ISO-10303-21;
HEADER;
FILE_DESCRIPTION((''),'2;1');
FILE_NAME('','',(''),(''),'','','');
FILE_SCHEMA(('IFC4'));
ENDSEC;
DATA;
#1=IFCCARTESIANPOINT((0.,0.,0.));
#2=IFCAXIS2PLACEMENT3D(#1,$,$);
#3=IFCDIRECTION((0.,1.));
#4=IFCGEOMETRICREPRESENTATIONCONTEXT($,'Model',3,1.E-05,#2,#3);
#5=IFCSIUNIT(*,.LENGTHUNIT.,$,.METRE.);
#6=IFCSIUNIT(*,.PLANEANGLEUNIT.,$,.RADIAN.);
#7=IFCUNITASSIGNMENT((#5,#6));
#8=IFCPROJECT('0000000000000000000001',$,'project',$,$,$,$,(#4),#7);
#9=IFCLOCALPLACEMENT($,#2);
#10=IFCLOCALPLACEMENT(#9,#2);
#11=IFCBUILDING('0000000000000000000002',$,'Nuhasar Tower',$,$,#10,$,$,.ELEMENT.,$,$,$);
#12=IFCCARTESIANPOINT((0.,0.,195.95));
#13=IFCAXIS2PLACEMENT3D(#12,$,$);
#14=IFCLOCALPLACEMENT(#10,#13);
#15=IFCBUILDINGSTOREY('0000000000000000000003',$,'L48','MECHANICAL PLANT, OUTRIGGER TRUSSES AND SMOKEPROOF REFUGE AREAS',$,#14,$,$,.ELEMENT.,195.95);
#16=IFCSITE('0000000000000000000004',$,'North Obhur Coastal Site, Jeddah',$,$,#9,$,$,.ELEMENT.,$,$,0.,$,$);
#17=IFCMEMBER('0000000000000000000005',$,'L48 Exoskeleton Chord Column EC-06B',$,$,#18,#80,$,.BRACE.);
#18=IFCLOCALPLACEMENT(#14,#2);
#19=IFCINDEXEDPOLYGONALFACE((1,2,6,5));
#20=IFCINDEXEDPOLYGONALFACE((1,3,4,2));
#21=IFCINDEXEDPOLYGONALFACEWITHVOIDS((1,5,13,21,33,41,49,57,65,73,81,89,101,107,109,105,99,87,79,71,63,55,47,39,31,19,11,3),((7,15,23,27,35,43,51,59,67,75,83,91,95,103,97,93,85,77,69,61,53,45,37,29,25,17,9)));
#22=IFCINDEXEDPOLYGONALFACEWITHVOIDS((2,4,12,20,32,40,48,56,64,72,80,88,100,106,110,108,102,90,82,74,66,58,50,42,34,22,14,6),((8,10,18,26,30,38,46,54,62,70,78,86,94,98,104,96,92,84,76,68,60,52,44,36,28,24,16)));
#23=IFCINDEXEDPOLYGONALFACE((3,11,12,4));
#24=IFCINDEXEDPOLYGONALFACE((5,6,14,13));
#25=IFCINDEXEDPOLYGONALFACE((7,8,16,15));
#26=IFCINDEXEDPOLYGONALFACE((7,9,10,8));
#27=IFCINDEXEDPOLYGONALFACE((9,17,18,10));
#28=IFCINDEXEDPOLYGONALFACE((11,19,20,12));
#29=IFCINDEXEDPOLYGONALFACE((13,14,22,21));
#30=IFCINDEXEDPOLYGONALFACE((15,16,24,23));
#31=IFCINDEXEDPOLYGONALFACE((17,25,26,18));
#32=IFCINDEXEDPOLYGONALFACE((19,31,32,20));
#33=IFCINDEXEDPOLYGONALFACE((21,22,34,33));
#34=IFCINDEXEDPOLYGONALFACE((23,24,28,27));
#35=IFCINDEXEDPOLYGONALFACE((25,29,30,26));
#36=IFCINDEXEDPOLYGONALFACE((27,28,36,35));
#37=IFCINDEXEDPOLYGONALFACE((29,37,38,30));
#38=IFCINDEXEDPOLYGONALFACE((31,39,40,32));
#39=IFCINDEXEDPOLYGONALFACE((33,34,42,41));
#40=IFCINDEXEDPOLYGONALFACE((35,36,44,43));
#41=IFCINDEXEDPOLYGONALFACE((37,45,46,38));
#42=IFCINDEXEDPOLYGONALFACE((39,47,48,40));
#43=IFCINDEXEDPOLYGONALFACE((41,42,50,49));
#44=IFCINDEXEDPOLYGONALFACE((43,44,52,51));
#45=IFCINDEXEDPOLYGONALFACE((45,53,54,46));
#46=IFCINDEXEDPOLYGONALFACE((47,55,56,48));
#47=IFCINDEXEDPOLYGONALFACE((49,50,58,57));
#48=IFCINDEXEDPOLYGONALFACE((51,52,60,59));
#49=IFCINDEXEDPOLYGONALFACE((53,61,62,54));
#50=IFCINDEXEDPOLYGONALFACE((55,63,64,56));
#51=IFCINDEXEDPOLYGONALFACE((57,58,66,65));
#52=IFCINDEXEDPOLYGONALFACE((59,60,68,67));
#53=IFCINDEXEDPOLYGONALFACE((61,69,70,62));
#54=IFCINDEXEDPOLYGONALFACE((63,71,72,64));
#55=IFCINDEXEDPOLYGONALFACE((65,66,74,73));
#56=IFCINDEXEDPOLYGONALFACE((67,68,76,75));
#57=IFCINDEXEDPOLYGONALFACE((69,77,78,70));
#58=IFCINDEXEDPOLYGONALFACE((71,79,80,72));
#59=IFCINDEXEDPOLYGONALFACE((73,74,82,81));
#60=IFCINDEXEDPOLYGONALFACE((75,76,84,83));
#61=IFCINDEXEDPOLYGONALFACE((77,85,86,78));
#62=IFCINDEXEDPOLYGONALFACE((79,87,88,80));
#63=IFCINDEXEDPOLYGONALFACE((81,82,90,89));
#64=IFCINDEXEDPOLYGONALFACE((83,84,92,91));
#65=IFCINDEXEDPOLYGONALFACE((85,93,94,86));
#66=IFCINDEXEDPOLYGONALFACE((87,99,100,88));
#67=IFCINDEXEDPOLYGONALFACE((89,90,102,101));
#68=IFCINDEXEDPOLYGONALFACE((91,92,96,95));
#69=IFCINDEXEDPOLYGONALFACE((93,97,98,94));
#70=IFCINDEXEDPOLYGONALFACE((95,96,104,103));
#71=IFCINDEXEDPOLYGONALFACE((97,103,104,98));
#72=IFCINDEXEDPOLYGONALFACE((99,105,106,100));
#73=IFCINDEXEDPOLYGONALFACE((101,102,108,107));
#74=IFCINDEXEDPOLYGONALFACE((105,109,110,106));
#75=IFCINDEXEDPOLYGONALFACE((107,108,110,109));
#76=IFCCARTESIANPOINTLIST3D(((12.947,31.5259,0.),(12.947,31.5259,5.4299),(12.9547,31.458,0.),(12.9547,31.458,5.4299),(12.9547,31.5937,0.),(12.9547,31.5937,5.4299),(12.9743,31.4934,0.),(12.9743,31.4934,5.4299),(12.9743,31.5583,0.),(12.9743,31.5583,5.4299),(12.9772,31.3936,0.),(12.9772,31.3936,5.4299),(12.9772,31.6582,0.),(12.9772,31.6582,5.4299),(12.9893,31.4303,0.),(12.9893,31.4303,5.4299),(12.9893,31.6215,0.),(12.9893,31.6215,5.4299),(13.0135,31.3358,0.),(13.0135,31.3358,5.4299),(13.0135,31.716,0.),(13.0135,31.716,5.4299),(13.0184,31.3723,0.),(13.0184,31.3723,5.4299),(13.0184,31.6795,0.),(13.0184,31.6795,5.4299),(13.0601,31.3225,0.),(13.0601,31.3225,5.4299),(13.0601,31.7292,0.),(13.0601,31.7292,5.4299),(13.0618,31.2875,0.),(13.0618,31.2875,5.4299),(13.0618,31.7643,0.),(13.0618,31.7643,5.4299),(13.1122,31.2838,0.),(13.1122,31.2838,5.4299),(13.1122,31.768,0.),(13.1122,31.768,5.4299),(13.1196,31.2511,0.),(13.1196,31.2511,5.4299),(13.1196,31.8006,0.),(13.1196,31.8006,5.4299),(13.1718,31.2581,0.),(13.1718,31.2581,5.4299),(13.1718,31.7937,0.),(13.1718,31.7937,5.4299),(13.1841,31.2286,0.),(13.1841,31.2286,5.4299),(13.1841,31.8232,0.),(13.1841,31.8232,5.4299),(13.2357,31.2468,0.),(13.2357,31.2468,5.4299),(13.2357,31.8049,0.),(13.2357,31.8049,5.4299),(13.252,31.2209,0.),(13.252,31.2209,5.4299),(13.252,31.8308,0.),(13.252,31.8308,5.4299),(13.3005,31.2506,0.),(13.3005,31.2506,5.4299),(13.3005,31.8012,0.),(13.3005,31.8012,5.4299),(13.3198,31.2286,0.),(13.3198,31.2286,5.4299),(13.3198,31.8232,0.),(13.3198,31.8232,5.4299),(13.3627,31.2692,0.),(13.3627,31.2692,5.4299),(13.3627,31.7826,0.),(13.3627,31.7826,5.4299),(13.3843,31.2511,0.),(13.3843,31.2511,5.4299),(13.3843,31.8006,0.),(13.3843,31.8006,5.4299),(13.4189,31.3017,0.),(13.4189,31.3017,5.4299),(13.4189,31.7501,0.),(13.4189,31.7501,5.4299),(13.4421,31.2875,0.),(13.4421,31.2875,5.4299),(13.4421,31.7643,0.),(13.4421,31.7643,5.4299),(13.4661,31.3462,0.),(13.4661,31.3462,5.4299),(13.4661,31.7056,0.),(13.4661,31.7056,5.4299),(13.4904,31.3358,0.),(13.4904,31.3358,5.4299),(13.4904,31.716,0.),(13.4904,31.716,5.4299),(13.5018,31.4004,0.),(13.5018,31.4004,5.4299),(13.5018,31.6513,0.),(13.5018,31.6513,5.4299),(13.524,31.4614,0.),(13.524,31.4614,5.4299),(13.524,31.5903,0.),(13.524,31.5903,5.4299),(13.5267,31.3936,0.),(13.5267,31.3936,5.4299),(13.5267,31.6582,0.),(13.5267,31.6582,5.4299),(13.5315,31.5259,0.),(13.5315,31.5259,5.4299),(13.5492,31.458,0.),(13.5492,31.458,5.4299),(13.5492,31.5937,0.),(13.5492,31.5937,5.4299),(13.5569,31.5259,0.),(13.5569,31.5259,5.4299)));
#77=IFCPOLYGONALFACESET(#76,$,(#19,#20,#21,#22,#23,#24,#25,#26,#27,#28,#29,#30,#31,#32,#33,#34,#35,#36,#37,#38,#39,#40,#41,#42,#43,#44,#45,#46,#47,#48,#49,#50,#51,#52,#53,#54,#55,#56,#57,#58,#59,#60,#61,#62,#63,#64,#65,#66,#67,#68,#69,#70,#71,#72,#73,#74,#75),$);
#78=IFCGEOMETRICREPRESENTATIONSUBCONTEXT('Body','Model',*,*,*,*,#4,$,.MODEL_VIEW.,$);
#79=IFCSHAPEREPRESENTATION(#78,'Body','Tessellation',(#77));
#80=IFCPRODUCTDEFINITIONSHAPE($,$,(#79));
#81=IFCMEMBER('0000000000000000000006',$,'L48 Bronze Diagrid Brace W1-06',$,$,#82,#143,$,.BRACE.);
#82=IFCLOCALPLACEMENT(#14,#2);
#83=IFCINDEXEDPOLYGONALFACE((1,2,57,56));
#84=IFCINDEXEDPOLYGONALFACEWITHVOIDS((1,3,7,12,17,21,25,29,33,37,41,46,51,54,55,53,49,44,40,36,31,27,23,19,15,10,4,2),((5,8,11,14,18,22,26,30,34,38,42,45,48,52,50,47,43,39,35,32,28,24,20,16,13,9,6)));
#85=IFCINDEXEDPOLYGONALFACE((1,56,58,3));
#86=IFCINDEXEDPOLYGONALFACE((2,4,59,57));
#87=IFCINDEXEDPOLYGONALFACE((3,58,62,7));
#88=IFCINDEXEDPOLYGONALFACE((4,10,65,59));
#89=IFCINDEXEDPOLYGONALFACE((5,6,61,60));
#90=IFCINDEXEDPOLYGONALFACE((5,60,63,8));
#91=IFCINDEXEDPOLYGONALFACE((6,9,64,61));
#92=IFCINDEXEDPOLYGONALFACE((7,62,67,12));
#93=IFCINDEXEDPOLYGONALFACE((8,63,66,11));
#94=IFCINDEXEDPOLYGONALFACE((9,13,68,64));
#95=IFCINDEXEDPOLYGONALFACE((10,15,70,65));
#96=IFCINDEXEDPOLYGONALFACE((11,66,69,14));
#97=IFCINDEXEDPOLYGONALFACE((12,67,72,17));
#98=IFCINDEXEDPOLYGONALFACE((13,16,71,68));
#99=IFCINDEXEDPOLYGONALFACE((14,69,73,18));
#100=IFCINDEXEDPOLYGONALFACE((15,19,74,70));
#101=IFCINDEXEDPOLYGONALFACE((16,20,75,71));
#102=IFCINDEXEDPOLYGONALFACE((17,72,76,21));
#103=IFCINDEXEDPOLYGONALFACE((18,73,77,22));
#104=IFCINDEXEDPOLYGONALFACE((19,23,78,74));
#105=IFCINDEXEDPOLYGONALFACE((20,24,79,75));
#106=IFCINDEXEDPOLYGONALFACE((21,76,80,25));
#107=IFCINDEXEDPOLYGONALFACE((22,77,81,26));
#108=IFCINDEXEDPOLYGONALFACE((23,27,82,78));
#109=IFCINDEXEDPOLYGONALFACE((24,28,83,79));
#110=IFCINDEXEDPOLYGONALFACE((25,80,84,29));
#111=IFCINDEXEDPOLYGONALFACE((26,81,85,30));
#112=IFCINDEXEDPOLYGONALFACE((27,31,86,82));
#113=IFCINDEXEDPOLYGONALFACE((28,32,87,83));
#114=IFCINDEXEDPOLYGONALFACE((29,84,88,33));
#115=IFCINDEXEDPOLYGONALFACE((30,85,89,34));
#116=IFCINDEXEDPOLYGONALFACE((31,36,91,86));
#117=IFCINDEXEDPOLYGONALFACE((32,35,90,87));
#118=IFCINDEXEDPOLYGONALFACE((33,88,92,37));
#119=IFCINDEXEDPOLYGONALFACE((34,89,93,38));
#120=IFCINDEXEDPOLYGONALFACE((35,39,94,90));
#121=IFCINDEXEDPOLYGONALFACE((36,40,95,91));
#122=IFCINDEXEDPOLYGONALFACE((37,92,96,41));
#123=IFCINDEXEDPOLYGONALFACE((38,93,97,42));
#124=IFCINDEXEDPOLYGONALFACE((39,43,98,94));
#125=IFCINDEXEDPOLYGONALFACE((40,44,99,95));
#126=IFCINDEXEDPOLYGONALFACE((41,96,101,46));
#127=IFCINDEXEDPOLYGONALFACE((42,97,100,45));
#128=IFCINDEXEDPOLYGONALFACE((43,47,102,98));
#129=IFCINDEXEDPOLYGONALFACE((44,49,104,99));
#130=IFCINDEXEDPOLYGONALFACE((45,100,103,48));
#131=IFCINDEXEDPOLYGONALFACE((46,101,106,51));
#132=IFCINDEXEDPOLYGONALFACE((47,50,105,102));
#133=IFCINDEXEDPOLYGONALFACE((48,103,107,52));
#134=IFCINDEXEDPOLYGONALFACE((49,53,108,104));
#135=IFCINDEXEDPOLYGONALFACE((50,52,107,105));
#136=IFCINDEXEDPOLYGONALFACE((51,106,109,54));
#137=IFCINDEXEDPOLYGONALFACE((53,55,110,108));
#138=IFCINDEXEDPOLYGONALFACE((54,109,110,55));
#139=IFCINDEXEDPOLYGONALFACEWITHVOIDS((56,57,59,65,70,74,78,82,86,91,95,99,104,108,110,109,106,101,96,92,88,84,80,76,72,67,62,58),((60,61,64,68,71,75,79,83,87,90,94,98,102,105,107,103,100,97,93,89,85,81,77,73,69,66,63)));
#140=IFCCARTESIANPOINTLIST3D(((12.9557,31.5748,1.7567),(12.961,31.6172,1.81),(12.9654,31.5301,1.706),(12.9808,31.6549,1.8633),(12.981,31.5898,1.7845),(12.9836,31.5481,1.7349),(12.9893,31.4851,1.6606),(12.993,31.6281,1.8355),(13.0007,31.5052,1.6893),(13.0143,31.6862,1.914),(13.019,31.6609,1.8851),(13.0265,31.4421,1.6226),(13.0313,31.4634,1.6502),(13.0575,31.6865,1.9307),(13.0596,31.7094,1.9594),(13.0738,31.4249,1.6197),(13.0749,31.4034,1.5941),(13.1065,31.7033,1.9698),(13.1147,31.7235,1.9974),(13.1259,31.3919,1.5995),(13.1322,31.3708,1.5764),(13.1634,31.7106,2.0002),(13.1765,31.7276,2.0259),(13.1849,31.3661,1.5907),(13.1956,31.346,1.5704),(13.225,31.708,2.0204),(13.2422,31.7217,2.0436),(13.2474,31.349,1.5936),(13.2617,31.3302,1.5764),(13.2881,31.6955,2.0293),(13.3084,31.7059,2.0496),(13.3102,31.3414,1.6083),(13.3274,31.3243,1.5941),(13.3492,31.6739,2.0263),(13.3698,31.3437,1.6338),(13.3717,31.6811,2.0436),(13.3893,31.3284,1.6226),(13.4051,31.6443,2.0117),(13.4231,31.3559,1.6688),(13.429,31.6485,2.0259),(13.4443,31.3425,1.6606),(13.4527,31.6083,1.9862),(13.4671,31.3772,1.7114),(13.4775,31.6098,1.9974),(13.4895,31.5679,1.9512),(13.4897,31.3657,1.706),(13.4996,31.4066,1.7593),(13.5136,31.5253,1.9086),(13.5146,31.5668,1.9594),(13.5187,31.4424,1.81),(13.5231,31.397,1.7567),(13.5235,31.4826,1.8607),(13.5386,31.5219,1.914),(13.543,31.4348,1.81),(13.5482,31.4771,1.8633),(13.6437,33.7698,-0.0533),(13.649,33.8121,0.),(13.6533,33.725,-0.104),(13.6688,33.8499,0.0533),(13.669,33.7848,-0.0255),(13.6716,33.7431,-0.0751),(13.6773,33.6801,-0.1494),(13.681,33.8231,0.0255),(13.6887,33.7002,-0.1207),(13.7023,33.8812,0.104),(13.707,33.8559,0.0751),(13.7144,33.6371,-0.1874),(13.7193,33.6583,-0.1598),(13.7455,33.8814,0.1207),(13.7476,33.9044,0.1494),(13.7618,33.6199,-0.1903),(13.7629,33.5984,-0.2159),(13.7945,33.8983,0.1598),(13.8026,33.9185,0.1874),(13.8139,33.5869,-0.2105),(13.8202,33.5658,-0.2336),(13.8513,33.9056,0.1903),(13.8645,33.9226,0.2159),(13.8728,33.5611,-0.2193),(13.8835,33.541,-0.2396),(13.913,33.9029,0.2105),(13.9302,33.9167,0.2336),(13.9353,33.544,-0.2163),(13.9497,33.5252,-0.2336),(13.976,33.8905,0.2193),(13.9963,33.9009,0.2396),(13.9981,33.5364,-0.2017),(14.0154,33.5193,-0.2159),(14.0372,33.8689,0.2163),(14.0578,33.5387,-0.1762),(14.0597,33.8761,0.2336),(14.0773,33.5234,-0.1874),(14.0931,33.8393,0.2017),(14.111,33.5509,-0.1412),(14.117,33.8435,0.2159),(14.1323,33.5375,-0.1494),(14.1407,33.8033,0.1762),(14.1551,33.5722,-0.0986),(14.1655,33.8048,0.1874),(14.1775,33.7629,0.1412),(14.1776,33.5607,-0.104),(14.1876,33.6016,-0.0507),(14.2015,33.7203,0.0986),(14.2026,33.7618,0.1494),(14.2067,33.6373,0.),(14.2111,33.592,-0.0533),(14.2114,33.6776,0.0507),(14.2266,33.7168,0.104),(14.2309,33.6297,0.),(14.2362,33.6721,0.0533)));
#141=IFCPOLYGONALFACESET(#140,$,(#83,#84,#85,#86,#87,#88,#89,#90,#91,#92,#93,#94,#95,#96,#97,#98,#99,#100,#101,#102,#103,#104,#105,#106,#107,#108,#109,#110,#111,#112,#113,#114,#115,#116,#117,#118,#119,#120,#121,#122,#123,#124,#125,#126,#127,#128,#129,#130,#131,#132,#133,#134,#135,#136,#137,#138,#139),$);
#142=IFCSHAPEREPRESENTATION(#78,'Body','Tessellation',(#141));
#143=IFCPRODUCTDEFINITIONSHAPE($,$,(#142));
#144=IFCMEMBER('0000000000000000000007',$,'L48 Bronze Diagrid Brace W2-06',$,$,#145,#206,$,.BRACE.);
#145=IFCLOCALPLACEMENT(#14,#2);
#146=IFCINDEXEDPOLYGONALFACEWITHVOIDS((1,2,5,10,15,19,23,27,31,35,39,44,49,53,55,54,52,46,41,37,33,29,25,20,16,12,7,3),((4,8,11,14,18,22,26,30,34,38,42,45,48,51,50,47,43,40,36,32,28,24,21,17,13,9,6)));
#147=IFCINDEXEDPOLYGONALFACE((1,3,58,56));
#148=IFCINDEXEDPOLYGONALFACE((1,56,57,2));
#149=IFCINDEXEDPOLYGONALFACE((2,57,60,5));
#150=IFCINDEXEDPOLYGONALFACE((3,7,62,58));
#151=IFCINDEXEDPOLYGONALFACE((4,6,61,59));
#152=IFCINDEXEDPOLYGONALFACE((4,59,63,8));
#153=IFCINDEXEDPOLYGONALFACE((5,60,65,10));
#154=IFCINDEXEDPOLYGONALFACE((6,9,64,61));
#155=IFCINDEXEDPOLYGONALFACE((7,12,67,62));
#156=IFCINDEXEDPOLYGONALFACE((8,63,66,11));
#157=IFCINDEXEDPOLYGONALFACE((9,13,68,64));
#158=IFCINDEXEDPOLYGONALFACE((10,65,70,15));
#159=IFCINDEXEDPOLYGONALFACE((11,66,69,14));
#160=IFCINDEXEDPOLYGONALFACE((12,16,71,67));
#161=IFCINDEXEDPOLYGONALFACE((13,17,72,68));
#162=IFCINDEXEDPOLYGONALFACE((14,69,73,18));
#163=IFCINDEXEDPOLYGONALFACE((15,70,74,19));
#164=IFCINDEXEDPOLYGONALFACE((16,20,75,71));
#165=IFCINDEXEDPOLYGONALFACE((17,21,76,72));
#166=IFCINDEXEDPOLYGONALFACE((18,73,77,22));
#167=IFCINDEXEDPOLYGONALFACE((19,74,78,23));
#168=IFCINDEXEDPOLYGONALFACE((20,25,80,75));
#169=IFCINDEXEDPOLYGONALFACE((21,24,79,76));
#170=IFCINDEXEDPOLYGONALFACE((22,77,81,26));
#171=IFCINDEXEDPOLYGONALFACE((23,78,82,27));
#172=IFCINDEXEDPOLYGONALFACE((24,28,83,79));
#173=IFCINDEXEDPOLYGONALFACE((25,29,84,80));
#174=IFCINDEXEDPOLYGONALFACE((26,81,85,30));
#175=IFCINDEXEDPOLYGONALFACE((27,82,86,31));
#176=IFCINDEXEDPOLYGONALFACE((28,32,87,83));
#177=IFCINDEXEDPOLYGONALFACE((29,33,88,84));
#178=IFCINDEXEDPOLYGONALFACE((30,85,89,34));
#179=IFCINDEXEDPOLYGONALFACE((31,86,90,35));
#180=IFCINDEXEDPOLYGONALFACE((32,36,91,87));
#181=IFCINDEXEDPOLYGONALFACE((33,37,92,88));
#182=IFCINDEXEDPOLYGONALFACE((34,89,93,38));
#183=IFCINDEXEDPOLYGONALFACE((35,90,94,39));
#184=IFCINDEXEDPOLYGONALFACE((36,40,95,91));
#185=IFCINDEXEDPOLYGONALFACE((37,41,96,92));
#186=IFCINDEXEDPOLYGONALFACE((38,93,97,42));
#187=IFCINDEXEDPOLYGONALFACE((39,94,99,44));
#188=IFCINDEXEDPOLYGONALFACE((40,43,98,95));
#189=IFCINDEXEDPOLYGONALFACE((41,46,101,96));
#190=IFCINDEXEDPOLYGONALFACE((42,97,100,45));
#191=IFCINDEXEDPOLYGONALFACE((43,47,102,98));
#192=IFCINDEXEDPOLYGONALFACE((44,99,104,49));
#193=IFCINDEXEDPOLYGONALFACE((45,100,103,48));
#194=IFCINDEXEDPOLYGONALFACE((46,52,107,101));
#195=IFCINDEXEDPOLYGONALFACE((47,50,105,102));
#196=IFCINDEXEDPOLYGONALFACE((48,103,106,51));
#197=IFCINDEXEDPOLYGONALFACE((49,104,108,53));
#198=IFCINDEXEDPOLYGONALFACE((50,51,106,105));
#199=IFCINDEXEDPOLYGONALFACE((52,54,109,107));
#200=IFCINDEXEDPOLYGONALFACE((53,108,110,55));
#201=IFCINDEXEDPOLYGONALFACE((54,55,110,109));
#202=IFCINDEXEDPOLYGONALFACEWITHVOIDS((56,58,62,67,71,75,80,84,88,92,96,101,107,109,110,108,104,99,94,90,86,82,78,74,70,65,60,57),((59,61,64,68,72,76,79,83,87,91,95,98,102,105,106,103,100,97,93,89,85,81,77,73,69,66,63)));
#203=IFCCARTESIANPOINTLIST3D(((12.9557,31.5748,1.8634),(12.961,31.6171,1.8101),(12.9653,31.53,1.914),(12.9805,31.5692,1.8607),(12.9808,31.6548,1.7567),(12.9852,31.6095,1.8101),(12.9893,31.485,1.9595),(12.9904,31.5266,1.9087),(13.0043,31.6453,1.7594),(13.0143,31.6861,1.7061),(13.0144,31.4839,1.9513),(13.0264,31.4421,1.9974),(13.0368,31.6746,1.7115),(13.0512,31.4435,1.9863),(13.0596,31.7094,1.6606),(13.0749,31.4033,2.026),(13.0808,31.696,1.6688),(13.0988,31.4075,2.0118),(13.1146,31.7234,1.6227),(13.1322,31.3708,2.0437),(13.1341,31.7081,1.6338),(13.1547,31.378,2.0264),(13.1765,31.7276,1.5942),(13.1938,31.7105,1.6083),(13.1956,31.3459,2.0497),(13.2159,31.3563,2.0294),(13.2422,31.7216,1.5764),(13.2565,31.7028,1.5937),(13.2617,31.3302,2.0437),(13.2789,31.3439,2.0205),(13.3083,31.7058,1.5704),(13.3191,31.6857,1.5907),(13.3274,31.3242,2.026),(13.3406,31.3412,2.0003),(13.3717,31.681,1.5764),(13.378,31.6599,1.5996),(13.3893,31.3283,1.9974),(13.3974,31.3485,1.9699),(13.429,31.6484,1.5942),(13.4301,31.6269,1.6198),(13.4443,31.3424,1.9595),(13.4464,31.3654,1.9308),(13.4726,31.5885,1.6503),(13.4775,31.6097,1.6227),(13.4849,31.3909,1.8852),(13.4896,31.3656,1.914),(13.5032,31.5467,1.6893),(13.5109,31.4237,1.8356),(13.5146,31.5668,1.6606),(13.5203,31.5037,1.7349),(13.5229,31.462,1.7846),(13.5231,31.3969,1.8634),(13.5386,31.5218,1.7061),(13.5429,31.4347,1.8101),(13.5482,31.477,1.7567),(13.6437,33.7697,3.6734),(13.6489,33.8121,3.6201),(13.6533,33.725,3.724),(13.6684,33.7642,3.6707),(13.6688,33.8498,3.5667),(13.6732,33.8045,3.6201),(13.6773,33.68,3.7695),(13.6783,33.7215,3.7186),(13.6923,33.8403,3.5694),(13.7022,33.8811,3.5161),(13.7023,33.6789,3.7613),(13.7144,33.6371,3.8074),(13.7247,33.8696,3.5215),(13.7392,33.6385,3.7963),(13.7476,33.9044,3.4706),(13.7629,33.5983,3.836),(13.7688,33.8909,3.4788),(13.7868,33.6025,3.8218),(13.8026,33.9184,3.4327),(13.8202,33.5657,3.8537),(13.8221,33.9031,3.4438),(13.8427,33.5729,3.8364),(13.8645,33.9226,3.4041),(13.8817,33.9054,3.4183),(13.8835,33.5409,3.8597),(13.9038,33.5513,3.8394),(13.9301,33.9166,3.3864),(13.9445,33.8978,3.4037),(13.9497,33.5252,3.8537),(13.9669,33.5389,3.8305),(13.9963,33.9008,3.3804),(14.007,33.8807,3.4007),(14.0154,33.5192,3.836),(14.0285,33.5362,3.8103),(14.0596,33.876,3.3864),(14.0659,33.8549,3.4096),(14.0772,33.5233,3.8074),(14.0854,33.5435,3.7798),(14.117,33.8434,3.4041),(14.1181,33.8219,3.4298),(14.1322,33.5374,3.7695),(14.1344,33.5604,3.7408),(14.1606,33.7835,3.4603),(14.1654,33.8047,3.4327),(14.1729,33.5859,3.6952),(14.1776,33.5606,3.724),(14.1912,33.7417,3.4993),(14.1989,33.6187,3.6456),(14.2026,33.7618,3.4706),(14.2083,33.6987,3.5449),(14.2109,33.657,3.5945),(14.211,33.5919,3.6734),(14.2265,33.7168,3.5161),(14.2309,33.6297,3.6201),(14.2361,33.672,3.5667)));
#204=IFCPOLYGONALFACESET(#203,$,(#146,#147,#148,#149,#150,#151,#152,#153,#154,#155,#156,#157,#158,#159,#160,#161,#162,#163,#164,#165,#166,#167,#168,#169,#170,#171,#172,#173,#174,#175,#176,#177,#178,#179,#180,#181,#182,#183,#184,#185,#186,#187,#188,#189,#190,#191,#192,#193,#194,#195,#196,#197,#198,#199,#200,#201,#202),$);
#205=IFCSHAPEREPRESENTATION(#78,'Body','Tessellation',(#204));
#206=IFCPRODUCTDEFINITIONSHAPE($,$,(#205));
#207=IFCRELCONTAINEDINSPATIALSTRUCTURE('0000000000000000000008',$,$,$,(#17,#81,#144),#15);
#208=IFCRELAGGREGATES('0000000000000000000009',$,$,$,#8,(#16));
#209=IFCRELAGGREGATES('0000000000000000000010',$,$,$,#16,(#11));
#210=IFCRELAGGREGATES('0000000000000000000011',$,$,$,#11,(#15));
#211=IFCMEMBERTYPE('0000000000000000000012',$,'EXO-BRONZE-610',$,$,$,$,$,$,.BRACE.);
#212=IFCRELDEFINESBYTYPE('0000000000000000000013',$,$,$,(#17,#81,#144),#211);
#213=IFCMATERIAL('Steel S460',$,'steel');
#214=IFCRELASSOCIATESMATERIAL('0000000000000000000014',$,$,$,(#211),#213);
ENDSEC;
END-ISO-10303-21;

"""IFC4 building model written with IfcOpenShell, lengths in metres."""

from ifc_helpers import new_model, si_unit, direction, frame, origin, origin_2d, place, context, subcontext, project, spatial, hollow_circle, extrude, material, material_profile, profile_set, type_object, element, save


model = new_model("IFC4")

# Units and contexts
model_context = context("Model", 3, precision=1e-05, world=origin(), true_north=direction((0.0, 1.0)))
body_context = subcontext(model_context, "Body", "Model", "MODEL_VIEW")
ifc_project = project(units=[si_unit("LENGTHUNIT", "METRE"), si_unit("PLANEANGLEUNIT", "RADIAN")], contexts=[model_context])

# Site, building, storey
site_placement = place(None, origin())
site = spatial("IfcSite", under=ifc_project, at=site_placement, Name="North Obhur Coastal Site, Jeddah", CompositionType="ELEMENT", RefElevation=0.0)
building_placement = place(site_placement, origin())
building = spatial("IfcBuilding", under=site, at=building_placement, Name="Nuhasar Tower", CompositionType="ELEMENT")
storey_placement = place(building_placement, frame((0.0, 0.0, 195.95)))
storey = spatial("IfcBuildingStorey", under=building, at=storey_placement, Name="L48", Description="MECHANICAL PLANT, OUTRIGGER TRUSSES AND SMOKEPROOF REFUGE AREAS", CompositionType="ELEMENT", Elevation=195.95)

# Shared definitions
ifc_material_1 = material(Name="Steel S460", Category="steel")

# Members
ifc_material_profile_1 = material_profile(ifc_material_1, hollow_circle(Radius=0.3049, WallThickness=0.0254, at=origin_2d()), Name="HSS610X25.4")
ifc_profile_set_1 = profile_set([ifc_material_profile_1], Name="Steel S460")
member_type_1 = type_object("IfcMemberType", Name="EXO-BRONZE-610", PredefinedType="BRACE", material=ifc_profile_set_1)
for number, where, z_axis, x_axis, name in (
    (1, (13.252, 31.5259, 0.0), (0.0, 0.0, 1.0), (1.0, 0.0, 0.0), "L48 Exoskeleton Chord Column EC-06B"),
):
    element("IfcMember", number, at=place(storey_placement, frame(where, z_axis=z_axis, x_axis=x_axis)), inside=storey, type_object=member_type_1, Name=name, PredefinedType="BRACE", context=body_context, shape_type="SweptSolid", body=[
        extrude(hollow_circle(Radius=0.3049, WallThickness=0.0254, at=origin_2d()), origin(), (0.0, 0.0, 1.0), 5.4299),
    ])
for number, where, z_axis, x_axis, name in (
    (2, (13.9399, 33.7209, 0.0), (-0.23504, -0.74991, 0.618378), (0.954228, -0.299079, 0.0), "L48 Bronze Diagrid Brace W1-06"),
    (3, (13.252, 31.5259, 1.8101), (0.23504, 0.74991, 0.618378), (-0.954228, 0.299079, 0.0), "L48 Bronze Diagrid Brace W2-06"),
):
    element("IfcMember", number, at=place(storey_placement, frame(where, z_axis=z_axis, x_axis=x_axis)), inside=storey, type_object=member_type_1, Name=name, PredefinedType="BRACE", context=body_context, shape_type="SweptSolid", body=[
        extrude(hollow_circle(Radius=0.3049, WallThickness=0.0254, at=origin_2d()), origin(), (0.0, 0.0, 1.0), 2.927),
    ])

save(model, "model.ifc")
